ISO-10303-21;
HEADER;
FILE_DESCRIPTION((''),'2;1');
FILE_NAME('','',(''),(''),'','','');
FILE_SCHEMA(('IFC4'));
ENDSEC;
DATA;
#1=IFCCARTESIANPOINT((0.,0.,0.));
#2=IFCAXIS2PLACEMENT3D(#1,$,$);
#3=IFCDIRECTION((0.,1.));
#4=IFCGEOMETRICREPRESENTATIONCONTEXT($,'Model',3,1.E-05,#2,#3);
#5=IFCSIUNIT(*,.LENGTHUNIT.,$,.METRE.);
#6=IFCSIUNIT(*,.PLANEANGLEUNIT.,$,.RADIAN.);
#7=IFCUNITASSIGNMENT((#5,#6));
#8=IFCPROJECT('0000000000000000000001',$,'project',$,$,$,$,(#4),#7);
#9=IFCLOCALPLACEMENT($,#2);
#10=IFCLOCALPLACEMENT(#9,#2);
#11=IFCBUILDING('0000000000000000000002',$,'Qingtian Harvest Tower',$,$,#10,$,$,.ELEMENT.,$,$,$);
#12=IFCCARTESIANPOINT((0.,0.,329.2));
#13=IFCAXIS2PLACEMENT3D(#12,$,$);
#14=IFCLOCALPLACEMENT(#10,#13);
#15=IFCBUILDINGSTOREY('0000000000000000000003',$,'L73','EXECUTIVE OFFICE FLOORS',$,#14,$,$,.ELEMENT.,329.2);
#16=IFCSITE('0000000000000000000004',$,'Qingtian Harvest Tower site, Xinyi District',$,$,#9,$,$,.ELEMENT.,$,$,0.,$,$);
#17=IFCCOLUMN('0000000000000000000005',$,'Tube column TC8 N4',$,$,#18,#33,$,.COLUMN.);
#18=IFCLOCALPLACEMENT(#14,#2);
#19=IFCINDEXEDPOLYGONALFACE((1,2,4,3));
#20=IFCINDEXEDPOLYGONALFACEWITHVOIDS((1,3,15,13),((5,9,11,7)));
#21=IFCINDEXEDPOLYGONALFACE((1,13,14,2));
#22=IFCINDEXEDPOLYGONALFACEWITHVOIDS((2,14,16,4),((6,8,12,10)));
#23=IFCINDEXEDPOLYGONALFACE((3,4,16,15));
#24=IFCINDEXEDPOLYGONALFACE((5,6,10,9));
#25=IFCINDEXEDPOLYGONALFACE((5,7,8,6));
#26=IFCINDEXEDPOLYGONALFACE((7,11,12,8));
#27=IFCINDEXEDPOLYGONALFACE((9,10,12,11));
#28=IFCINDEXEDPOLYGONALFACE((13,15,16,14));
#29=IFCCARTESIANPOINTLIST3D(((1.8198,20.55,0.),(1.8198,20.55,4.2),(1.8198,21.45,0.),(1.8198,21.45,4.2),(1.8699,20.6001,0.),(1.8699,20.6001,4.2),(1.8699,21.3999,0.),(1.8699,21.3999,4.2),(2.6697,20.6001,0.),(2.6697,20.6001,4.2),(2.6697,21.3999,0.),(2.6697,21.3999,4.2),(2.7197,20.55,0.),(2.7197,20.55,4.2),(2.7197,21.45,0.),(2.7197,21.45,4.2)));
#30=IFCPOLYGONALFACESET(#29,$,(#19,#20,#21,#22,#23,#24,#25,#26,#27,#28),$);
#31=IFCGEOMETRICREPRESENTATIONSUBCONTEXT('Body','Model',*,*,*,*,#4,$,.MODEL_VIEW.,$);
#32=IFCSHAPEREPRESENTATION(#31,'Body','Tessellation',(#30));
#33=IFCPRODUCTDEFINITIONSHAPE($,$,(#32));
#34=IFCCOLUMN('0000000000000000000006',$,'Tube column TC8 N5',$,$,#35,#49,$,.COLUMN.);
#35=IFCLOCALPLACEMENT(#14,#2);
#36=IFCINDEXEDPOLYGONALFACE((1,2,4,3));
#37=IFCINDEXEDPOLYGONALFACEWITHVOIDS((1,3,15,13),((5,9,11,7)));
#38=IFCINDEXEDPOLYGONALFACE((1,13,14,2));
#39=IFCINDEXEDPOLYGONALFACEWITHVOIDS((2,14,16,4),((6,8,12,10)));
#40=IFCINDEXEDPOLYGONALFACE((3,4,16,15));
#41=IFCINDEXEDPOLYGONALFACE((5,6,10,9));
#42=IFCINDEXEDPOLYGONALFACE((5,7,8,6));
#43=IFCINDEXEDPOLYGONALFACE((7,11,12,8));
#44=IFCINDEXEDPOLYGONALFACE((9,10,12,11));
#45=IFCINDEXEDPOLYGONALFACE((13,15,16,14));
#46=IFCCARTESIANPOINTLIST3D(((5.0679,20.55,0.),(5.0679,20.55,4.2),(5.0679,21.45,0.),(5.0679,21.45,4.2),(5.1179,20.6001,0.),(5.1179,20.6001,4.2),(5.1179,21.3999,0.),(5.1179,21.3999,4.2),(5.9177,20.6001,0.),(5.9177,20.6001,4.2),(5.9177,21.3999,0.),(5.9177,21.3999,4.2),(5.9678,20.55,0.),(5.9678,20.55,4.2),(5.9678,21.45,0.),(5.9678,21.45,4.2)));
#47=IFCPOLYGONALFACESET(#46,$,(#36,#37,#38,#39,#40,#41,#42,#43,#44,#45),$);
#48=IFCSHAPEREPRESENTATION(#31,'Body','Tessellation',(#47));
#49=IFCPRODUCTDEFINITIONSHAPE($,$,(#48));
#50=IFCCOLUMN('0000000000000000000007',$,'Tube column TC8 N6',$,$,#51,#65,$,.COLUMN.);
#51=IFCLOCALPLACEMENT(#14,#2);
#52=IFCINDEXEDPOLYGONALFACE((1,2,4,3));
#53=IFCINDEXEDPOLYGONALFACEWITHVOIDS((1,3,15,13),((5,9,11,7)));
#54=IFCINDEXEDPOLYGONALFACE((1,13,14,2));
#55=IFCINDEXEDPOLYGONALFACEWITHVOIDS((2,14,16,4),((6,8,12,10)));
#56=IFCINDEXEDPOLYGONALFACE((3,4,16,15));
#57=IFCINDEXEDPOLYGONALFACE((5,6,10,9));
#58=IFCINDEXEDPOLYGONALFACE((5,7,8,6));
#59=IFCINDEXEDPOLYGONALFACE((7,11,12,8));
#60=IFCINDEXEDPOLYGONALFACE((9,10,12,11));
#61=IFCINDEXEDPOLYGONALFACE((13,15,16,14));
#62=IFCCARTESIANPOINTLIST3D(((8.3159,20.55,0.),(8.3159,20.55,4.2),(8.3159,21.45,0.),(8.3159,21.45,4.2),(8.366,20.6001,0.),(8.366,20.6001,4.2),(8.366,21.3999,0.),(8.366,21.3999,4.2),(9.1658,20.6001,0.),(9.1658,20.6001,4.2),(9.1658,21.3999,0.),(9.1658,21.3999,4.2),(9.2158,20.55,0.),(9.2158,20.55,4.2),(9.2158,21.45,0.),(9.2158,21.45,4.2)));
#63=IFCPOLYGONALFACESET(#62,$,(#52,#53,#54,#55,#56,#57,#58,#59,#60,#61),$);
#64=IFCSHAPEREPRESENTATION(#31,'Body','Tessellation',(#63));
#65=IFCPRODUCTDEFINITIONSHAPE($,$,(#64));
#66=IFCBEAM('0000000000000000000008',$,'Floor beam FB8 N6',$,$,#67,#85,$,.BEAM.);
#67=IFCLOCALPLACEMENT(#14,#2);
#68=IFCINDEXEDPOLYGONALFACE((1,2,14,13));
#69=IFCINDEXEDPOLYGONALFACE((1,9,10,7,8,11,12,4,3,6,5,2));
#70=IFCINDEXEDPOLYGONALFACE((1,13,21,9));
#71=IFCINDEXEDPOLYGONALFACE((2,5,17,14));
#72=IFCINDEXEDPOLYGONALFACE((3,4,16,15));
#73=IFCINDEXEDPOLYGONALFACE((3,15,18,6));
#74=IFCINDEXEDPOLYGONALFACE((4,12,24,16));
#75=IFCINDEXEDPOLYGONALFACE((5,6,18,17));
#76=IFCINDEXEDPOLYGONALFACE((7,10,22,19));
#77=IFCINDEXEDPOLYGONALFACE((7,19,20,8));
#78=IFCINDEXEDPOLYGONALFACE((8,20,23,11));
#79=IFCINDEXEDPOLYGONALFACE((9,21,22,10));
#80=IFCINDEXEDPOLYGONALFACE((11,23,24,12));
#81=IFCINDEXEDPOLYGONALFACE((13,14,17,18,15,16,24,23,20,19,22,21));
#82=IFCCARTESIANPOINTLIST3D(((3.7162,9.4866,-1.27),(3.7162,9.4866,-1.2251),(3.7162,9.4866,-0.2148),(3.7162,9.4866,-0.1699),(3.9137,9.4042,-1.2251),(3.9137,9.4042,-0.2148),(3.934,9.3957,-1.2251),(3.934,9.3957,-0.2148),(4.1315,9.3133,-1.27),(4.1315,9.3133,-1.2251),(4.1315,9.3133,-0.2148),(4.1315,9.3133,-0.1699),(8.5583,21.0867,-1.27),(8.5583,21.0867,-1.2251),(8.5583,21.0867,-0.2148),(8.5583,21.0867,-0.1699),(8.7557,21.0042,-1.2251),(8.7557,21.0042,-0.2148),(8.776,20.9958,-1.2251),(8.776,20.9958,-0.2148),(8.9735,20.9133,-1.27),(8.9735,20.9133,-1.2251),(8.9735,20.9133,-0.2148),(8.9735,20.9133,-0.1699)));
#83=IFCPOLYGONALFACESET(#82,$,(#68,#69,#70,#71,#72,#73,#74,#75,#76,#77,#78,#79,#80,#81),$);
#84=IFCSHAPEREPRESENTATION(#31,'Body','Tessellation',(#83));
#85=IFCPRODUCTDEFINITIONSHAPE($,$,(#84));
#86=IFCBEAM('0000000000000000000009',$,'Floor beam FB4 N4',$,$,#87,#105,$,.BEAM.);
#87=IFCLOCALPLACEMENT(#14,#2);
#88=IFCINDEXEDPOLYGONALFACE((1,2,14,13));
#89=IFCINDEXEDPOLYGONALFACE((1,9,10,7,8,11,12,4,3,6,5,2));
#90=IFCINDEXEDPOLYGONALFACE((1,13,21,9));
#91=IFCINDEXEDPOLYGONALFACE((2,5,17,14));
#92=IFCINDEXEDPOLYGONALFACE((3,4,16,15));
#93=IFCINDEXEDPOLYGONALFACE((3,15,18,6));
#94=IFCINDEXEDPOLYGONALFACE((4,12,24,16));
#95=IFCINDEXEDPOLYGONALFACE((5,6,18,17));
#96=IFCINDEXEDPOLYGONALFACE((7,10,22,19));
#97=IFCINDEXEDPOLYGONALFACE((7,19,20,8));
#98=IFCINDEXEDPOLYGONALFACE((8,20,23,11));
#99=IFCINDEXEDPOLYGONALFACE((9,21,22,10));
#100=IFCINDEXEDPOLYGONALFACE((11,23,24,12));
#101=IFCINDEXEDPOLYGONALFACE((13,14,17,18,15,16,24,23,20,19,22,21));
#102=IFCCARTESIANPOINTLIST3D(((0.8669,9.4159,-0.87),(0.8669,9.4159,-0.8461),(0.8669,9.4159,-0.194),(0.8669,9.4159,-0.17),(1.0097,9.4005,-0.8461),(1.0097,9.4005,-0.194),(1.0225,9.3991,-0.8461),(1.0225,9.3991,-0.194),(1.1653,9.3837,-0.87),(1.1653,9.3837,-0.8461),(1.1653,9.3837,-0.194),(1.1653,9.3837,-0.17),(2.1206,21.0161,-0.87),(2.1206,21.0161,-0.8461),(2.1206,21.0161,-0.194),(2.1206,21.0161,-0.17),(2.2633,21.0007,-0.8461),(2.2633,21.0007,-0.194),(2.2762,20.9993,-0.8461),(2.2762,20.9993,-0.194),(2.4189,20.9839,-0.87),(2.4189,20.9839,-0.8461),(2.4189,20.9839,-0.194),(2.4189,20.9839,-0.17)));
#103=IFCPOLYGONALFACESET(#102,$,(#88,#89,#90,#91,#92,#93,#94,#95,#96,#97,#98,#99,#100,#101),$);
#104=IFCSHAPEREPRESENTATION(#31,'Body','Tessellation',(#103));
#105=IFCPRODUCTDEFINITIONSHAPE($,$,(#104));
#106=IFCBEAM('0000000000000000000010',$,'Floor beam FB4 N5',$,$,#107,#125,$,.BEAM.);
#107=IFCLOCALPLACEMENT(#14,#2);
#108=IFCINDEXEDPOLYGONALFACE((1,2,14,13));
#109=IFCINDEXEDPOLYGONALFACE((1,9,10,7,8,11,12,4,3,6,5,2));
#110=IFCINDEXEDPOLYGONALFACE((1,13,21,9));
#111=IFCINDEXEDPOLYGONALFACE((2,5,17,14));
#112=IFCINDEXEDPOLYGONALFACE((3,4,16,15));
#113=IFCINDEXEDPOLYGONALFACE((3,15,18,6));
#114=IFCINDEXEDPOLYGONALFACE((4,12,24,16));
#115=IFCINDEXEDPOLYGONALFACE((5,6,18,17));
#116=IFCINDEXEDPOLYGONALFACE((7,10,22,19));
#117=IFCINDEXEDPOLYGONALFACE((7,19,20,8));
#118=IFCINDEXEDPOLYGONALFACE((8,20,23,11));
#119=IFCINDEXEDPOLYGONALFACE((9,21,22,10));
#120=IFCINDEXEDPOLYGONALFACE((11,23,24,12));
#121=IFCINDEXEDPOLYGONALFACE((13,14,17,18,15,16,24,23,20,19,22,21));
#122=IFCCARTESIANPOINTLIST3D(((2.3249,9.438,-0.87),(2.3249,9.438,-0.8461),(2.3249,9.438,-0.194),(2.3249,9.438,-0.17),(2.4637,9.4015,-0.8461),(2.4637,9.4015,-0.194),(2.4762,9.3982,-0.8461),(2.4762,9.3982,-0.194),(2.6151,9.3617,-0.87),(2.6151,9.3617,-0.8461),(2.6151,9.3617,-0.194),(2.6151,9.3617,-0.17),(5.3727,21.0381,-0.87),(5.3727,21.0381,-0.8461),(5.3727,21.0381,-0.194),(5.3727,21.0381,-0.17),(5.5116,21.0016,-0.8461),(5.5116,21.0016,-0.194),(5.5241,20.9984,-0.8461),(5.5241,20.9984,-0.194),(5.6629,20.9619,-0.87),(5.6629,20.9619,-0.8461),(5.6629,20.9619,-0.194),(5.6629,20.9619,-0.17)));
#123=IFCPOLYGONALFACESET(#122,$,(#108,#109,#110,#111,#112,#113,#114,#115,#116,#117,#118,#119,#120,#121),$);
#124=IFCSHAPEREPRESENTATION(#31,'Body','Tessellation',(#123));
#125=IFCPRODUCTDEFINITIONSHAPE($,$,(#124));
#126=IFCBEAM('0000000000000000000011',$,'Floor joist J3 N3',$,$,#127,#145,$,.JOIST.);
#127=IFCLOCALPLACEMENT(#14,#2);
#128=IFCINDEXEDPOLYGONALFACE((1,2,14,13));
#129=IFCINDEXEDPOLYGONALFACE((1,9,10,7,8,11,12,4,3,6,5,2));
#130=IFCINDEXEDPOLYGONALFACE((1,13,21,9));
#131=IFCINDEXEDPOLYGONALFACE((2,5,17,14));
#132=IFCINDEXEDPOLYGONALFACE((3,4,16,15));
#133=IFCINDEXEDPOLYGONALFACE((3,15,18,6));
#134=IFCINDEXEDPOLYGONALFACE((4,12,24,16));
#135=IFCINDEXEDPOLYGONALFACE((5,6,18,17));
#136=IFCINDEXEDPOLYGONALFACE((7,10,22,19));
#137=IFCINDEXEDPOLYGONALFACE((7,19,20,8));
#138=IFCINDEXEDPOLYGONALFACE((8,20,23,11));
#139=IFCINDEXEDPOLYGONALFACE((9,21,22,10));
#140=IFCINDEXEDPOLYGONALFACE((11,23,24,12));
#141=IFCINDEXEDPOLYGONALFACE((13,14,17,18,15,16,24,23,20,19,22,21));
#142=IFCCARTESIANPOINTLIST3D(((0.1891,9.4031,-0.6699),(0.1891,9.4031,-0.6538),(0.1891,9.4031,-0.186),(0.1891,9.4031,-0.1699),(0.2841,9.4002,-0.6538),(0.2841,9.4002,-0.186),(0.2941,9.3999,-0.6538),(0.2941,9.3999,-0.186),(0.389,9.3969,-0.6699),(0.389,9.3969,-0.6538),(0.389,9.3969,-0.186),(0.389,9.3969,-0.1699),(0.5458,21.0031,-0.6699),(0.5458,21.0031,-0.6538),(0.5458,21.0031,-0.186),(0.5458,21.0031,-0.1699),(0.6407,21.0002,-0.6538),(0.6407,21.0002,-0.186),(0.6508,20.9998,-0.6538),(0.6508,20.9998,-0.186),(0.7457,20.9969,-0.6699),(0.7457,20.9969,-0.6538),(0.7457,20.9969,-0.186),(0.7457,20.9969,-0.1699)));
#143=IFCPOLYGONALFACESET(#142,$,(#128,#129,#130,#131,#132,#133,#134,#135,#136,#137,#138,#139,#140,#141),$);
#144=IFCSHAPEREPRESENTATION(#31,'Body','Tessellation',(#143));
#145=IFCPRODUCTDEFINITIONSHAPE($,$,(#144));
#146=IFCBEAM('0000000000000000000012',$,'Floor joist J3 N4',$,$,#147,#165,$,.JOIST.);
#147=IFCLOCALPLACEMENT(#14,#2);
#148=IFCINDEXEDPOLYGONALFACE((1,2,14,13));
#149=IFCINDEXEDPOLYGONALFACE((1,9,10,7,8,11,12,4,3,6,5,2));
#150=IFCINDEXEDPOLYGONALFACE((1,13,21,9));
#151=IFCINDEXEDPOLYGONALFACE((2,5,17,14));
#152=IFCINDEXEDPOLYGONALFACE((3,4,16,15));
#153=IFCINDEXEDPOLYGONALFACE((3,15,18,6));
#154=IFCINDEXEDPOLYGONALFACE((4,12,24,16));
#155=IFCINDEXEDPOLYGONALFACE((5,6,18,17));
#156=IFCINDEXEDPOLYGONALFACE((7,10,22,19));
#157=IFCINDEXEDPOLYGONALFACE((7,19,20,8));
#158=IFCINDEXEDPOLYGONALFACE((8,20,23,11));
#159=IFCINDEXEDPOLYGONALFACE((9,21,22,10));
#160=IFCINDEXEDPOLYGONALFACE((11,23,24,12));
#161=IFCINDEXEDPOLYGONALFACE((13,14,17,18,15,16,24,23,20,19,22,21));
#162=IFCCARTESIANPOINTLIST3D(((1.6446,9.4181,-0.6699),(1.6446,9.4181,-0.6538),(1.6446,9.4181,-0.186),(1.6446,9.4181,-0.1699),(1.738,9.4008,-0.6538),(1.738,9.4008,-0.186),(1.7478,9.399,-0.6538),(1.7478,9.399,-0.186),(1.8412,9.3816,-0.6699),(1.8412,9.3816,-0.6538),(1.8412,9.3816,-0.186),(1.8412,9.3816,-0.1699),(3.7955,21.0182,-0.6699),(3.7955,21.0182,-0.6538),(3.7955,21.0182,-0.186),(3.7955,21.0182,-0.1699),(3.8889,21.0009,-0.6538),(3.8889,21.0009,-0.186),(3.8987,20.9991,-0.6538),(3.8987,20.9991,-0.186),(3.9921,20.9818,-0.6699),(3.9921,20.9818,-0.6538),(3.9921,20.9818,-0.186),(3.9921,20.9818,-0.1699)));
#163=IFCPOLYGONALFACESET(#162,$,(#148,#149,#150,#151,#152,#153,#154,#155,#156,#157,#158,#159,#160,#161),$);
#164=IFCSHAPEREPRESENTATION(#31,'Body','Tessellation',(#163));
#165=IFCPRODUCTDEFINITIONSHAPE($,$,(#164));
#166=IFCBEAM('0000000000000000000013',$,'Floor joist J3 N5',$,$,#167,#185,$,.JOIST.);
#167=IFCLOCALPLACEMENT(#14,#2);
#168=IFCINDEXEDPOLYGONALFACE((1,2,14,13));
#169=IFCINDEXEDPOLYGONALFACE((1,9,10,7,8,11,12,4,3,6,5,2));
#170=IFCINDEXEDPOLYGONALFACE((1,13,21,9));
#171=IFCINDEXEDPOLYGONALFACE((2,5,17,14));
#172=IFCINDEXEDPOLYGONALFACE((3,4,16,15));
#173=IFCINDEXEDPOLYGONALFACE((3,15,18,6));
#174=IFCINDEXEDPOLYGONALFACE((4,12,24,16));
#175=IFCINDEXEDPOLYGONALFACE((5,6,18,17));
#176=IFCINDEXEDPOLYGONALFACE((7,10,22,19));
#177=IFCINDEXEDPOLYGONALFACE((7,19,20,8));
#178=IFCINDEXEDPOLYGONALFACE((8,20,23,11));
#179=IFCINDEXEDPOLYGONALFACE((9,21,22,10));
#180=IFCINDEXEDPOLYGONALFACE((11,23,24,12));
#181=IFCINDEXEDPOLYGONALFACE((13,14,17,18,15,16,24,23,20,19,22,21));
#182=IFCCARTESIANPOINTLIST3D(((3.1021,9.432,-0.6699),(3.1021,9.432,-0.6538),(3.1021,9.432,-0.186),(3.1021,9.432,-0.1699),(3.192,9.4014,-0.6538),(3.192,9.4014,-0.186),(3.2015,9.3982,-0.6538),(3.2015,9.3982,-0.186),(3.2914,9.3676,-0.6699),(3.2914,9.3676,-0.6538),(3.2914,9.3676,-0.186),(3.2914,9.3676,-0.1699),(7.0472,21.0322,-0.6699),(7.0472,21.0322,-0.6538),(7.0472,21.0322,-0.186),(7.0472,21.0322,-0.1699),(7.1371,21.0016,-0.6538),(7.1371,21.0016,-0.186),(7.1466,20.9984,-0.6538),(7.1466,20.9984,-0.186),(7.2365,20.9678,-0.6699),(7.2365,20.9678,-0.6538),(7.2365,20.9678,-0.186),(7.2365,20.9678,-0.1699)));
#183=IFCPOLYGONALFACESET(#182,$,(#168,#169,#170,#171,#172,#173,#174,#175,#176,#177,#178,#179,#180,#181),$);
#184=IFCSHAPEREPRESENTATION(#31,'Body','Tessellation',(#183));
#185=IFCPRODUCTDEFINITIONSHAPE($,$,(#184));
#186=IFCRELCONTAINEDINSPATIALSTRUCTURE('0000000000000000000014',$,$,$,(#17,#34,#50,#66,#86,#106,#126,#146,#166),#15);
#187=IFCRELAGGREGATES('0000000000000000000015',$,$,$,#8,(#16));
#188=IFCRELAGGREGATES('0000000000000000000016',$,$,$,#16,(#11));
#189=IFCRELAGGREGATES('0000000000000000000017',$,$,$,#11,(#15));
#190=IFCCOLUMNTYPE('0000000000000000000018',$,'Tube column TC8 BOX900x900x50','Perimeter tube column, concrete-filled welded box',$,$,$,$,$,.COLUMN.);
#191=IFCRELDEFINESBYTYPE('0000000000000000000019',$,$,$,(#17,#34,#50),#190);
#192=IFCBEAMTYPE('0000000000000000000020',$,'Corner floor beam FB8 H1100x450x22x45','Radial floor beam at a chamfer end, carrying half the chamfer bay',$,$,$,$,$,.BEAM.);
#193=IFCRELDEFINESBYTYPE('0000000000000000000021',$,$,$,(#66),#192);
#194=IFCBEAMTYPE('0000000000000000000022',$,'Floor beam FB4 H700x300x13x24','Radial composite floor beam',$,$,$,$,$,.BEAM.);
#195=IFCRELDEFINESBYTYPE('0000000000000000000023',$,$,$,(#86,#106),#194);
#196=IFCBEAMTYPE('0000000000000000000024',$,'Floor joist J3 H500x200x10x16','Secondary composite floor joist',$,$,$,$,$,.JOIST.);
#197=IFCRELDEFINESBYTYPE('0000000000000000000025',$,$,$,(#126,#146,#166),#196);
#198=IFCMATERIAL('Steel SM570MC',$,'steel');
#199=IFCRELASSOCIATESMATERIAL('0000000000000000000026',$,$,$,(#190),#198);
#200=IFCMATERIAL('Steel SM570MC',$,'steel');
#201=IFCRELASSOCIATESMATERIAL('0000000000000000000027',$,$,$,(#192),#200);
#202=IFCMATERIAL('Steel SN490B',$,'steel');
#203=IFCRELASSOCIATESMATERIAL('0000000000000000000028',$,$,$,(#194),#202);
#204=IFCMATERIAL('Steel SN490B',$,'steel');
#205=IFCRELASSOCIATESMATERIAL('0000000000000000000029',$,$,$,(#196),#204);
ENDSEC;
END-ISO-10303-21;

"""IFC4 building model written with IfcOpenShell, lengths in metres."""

from ifc_helpers import new_model, si_unit, direction, frame, origin, origin_2d, place, context, subcontext, project, spatial, hollow_rectangle, i_section, extrude, material, material_profile, profile_set, type_object, element, save


model = new_model("IFC4")

# Units and contexts
model_context = context("Model", 3, precision=1e-05, world=origin(), true_north=direction((0.0, 1.0)))
body_context = subcontext(model_context, "Body", "Model", "MODEL_VIEW")
ifc_project = project(units=[si_unit("LENGTHUNIT", "METRE"), si_unit("PLANEANGLEUNIT", "RADIAN")], contexts=[model_context])

# Site, building, storey
site_placement = place(None, origin())
site = spatial("IfcSite", under=ifc_project, at=site_placement, Name="Qingtian Harvest Tower site, Xinyi District", CompositionType="ELEMENT", RefElevation=0.0)
building_placement = place(site_placement, origin())
building = spatial("IfcBuilding", under=site, at=building_placement, Name="Qingtian Harvest Tower", CompositionType="ELEMENT")
storey_placement = place(building_placement, frame((0.0, 0.0, 329.2)))
storey = spatial("IfcBuildingStorey", under=building, at=storey_placement, Name="L73", Description="EXECUTIVE OFFICE FLOORS", CompositionType="ELEMENT", Elevation=329.2)

# Columns
ifc_material_1 = material(Name="Steel SM570MC", Category="steel")
ifc_material_profile_1 = material_profile(ifc_material_1, hollow_rectangle(XDim=0.8999, YDim=0.8999, WallThickness=0.05, at=origin_2d()), Name="BOX900x900x50")
ifc_profile_set_1 = profile_set([ifc_material_profile_1], Name="Steel SM570MC")
column_type = type_object("IfcColumnType", Name="Tube column TC8 BOX900x900x50", Description="Perimeter tube column, concrete-filled welded box", PredefinedType="COLUMN", material=ifc_profile_set_1)
for number, where, z_axis, x_axis, name in (
    (1, (2.2698, 21.0, 0.0), (0.0, 0.0, 1.0), (-1.0, 0.0, 0.0), "Tube column TC8 N4"),
    (2, (5.5178, 21.0, 0.0), (0.0, 0.0, 1.0), (-1.0, 0.0, 0.0), "Tube column TC8 N5"),
    (3, (8.7659, 21.0, 0.0), (0.0, 0.0, 1.0), (-1.0, 0.0, 0.0), "Tube column TC8 N6"),
):
    element("IfcColumn", number, at=place(storey_placement, frame(where, z_axis=z_axis, x_axis=x_axis)), inside=storey, type_object=column_type, Name=name, PredefinedType="COLUMN", context=body_context, shape_type="SweptSolid", body=[
        extrude(hollow_rectangle(XDim=0.8999, YDim=0.8999, WallThickness=0.05, at=origin_2d()), origin(), (0.0, 0.0, 1.0), 4.2),
    ])

# Beams
ifc_material_2 = material(Name="Steel SM570MC", Category="steel")
ifc_material_profile_2 = material_profile(ifc_material_2, i_section(OverallWidth=0.45, OverallDepth=1.1001, WebThickness=0.022, FlangeThickness=0.0449, at=origin_2d()), Name="H1100x450x22x45")
ifc_profile_set_2 = profile_set([ifc_material_profile_2], Name="Steel SM570MC")
beam_type_1 = type_object("IfcBeamType", Name="Corner floor beam FB8 H1100x450x22x45", Description="Radial floor beam at a chamfer end, carrying half the chamfer bay", PredefinedType="BEAM", material=ifc_profile_set_2)
beam_1_placement = place(storey_placement, frame((8.7659, 21.0, -0.72), z_axis=(-0.385203, -0.922832, 0.0), x_axis=(0.922832, -0.385203, 0.0)))
element("IfcBeam", 4, at=beam_1_placement, inside=storey, type_object=beam_type_1, Name="Floor beam FB8 N6", PredefinedType="BEAM", context=body_context, shape_type="SweptSolid", body=[
    extrude(i_section(OverallWidth=0.45, OverallDepth=1.1001, WebThickness=0.022, FlangeThickness=0.0449, at=origin_2d()), origin(), (0.0, 0.0, 1.0), 12.5701),
])
ifc_material_3 = material(Name="Steel SN490B", Category="steel")
ifc_material_profile_3 = material_profile(ifc_material_3, i_section(OverallWidth=0.3, OverallDepth=0.7, WebThickness=0.0129, FlangeThickness=0.0239, at=origin_2d()), Name="H700x300x13x24")
ifc_profile_set_3 = profile_set([ifc_material_profile_3], Name="Steel SN490B")
beam_type_2 = type_object("IfcBeamType", Name="Floor beam FB4 H700x300x13x24", Description="Radial composite floor beam", PredefinedType="BEAM", material=ifc_profile_set_3)
beam_2_placement = place(storey_placement, frame((2.2698, 21.0, -0.52), z_axis=(-0.107448, -0.994211, 0.0), x_axis=(0.994211, -0.107448, 0.0)))
element("IfcBeam", 5, at=beam_2_placement, inside=storey, type_object=beam_type_2, Name="Floor beam FB4 N4", PredefinedType="BEAM", context=body_context, shape_type="SweptSolid", body=[
    extrude(i_section(OverallWidth=0.3, OverallDepth=0.7, WebThickness=0.0129, FlangeThickness=0.0239, at=origin_2d()), origin(), (0.0, 0.0, 1.0), 11.6677),
])
beam_3_placement = place(storey_placement, frame((5.5178, 21.0, -0.52), z_axis=(-0.254119, -0.967173, 0.0), x_axis=(0.967173, -0.254119, 0.0)))
element("IfcBeam", 6, at=beam_3_placement, inside=storey, type_object=beam_type_2, Name="Floor beam FB4 N5", PredefinedType="BEAM", context=body_context, shape_type="SweptSolid", body=[
    extrude(i_section(OverallWidth=0.3, OverallDepth=0.7, WebThickness=0.0129, FlangeThickness=0.0239, at=origin_2d()), origin(), (0.0, 0.0, 1.0), 11.9939),
])
ifc_material_4 = material(Name="Steel SN490B", Category="steel")
ifc_material_profile_4 = material_profile(ifc_material_4, i_section(OverallWidth=0.2, OverallDepth=0.5, WebThickness=0.01, FlangeThickness=0.0161, at=origin_2d()), Name="H500x200x10x16")
ifc_profile_set_4 = profile_set([ifc_material_profile_4], Name="Steel SN490B")
beam_type_3 = type_object("IfcBeamType", Name="Floor joist J3 H500x200x10x16", Description="Secondary composite floor joist", PredefinedType="JOIST", material=ifc_profile_set_4)
beam_4_placement = place(storey_placement, frame((0.6458, 21.0, -0.4199), z_axis=(-0.030734, -0.999528, 0.0), x_axis=(0.999528, -0.030734, 0.0)))
element("IfcBeam", 7, at=beam_4_placement, inside=storey, type_object=beam_type_3, Name="Floor joist J3 N3", PredefinedType="JOIST", context=body_context, shape_type="SweptSolid", body=[
    extrude(i_section(OverallWidth=0.2, OverallDepth=0.5, WebThickness=0.01, FlangeThickness=0.0161, at=origin_2d()), origin(), (0.0, 0.0, 1.0), 11.6055),
])
beam_5_placement = place(storey_placement, frame((3.8938, 21.0, -0.4199), z_axis=(-0.182312, -0.983241, 0.0), x_axis=(0.983241, -0.182312, 0.0)))
element("IfcBeam", 8, at=beam_5_placement, inside=storey, type_object=beam_type_3, Name="Floor joist J3 N4", PredefinedType="JOIST", context=body_context, shape_type="SweptSolid", body=[
    extrude(i_section(OverallWidth=0.2, OverallDepth=0.5, WebThickness=0.01, FlangeThickness=0.0161, at=origin_2d()), origin(), (0.0, 0.0, 1.0), 11.7979),
])
beam_6_placement = place(storey_placement, frame((7.1418, 21.0, -0.4199), z_axis=(-0.321978, -0.946747, 0.0), x_axis=(0.946747, -0.321978, 0.0)))
element("IfcBeam", 9, at=beam_6_placement, inside=storey, type_object=beam_type_3, Name="Floor joist J3 N5", PredefinedType="JOIST", context=body_context, shape_type="SweptSolid", body=[
    extrude(i_section(OverallWidth=0.2, OverallDepth=0.5, WebThickness=0.01, FlangeThickness=0.0161, at=origin_2d()), origin(), (0.0, 0.0, 1.0), 12.2527),
])

save(model, "model.ifc")
